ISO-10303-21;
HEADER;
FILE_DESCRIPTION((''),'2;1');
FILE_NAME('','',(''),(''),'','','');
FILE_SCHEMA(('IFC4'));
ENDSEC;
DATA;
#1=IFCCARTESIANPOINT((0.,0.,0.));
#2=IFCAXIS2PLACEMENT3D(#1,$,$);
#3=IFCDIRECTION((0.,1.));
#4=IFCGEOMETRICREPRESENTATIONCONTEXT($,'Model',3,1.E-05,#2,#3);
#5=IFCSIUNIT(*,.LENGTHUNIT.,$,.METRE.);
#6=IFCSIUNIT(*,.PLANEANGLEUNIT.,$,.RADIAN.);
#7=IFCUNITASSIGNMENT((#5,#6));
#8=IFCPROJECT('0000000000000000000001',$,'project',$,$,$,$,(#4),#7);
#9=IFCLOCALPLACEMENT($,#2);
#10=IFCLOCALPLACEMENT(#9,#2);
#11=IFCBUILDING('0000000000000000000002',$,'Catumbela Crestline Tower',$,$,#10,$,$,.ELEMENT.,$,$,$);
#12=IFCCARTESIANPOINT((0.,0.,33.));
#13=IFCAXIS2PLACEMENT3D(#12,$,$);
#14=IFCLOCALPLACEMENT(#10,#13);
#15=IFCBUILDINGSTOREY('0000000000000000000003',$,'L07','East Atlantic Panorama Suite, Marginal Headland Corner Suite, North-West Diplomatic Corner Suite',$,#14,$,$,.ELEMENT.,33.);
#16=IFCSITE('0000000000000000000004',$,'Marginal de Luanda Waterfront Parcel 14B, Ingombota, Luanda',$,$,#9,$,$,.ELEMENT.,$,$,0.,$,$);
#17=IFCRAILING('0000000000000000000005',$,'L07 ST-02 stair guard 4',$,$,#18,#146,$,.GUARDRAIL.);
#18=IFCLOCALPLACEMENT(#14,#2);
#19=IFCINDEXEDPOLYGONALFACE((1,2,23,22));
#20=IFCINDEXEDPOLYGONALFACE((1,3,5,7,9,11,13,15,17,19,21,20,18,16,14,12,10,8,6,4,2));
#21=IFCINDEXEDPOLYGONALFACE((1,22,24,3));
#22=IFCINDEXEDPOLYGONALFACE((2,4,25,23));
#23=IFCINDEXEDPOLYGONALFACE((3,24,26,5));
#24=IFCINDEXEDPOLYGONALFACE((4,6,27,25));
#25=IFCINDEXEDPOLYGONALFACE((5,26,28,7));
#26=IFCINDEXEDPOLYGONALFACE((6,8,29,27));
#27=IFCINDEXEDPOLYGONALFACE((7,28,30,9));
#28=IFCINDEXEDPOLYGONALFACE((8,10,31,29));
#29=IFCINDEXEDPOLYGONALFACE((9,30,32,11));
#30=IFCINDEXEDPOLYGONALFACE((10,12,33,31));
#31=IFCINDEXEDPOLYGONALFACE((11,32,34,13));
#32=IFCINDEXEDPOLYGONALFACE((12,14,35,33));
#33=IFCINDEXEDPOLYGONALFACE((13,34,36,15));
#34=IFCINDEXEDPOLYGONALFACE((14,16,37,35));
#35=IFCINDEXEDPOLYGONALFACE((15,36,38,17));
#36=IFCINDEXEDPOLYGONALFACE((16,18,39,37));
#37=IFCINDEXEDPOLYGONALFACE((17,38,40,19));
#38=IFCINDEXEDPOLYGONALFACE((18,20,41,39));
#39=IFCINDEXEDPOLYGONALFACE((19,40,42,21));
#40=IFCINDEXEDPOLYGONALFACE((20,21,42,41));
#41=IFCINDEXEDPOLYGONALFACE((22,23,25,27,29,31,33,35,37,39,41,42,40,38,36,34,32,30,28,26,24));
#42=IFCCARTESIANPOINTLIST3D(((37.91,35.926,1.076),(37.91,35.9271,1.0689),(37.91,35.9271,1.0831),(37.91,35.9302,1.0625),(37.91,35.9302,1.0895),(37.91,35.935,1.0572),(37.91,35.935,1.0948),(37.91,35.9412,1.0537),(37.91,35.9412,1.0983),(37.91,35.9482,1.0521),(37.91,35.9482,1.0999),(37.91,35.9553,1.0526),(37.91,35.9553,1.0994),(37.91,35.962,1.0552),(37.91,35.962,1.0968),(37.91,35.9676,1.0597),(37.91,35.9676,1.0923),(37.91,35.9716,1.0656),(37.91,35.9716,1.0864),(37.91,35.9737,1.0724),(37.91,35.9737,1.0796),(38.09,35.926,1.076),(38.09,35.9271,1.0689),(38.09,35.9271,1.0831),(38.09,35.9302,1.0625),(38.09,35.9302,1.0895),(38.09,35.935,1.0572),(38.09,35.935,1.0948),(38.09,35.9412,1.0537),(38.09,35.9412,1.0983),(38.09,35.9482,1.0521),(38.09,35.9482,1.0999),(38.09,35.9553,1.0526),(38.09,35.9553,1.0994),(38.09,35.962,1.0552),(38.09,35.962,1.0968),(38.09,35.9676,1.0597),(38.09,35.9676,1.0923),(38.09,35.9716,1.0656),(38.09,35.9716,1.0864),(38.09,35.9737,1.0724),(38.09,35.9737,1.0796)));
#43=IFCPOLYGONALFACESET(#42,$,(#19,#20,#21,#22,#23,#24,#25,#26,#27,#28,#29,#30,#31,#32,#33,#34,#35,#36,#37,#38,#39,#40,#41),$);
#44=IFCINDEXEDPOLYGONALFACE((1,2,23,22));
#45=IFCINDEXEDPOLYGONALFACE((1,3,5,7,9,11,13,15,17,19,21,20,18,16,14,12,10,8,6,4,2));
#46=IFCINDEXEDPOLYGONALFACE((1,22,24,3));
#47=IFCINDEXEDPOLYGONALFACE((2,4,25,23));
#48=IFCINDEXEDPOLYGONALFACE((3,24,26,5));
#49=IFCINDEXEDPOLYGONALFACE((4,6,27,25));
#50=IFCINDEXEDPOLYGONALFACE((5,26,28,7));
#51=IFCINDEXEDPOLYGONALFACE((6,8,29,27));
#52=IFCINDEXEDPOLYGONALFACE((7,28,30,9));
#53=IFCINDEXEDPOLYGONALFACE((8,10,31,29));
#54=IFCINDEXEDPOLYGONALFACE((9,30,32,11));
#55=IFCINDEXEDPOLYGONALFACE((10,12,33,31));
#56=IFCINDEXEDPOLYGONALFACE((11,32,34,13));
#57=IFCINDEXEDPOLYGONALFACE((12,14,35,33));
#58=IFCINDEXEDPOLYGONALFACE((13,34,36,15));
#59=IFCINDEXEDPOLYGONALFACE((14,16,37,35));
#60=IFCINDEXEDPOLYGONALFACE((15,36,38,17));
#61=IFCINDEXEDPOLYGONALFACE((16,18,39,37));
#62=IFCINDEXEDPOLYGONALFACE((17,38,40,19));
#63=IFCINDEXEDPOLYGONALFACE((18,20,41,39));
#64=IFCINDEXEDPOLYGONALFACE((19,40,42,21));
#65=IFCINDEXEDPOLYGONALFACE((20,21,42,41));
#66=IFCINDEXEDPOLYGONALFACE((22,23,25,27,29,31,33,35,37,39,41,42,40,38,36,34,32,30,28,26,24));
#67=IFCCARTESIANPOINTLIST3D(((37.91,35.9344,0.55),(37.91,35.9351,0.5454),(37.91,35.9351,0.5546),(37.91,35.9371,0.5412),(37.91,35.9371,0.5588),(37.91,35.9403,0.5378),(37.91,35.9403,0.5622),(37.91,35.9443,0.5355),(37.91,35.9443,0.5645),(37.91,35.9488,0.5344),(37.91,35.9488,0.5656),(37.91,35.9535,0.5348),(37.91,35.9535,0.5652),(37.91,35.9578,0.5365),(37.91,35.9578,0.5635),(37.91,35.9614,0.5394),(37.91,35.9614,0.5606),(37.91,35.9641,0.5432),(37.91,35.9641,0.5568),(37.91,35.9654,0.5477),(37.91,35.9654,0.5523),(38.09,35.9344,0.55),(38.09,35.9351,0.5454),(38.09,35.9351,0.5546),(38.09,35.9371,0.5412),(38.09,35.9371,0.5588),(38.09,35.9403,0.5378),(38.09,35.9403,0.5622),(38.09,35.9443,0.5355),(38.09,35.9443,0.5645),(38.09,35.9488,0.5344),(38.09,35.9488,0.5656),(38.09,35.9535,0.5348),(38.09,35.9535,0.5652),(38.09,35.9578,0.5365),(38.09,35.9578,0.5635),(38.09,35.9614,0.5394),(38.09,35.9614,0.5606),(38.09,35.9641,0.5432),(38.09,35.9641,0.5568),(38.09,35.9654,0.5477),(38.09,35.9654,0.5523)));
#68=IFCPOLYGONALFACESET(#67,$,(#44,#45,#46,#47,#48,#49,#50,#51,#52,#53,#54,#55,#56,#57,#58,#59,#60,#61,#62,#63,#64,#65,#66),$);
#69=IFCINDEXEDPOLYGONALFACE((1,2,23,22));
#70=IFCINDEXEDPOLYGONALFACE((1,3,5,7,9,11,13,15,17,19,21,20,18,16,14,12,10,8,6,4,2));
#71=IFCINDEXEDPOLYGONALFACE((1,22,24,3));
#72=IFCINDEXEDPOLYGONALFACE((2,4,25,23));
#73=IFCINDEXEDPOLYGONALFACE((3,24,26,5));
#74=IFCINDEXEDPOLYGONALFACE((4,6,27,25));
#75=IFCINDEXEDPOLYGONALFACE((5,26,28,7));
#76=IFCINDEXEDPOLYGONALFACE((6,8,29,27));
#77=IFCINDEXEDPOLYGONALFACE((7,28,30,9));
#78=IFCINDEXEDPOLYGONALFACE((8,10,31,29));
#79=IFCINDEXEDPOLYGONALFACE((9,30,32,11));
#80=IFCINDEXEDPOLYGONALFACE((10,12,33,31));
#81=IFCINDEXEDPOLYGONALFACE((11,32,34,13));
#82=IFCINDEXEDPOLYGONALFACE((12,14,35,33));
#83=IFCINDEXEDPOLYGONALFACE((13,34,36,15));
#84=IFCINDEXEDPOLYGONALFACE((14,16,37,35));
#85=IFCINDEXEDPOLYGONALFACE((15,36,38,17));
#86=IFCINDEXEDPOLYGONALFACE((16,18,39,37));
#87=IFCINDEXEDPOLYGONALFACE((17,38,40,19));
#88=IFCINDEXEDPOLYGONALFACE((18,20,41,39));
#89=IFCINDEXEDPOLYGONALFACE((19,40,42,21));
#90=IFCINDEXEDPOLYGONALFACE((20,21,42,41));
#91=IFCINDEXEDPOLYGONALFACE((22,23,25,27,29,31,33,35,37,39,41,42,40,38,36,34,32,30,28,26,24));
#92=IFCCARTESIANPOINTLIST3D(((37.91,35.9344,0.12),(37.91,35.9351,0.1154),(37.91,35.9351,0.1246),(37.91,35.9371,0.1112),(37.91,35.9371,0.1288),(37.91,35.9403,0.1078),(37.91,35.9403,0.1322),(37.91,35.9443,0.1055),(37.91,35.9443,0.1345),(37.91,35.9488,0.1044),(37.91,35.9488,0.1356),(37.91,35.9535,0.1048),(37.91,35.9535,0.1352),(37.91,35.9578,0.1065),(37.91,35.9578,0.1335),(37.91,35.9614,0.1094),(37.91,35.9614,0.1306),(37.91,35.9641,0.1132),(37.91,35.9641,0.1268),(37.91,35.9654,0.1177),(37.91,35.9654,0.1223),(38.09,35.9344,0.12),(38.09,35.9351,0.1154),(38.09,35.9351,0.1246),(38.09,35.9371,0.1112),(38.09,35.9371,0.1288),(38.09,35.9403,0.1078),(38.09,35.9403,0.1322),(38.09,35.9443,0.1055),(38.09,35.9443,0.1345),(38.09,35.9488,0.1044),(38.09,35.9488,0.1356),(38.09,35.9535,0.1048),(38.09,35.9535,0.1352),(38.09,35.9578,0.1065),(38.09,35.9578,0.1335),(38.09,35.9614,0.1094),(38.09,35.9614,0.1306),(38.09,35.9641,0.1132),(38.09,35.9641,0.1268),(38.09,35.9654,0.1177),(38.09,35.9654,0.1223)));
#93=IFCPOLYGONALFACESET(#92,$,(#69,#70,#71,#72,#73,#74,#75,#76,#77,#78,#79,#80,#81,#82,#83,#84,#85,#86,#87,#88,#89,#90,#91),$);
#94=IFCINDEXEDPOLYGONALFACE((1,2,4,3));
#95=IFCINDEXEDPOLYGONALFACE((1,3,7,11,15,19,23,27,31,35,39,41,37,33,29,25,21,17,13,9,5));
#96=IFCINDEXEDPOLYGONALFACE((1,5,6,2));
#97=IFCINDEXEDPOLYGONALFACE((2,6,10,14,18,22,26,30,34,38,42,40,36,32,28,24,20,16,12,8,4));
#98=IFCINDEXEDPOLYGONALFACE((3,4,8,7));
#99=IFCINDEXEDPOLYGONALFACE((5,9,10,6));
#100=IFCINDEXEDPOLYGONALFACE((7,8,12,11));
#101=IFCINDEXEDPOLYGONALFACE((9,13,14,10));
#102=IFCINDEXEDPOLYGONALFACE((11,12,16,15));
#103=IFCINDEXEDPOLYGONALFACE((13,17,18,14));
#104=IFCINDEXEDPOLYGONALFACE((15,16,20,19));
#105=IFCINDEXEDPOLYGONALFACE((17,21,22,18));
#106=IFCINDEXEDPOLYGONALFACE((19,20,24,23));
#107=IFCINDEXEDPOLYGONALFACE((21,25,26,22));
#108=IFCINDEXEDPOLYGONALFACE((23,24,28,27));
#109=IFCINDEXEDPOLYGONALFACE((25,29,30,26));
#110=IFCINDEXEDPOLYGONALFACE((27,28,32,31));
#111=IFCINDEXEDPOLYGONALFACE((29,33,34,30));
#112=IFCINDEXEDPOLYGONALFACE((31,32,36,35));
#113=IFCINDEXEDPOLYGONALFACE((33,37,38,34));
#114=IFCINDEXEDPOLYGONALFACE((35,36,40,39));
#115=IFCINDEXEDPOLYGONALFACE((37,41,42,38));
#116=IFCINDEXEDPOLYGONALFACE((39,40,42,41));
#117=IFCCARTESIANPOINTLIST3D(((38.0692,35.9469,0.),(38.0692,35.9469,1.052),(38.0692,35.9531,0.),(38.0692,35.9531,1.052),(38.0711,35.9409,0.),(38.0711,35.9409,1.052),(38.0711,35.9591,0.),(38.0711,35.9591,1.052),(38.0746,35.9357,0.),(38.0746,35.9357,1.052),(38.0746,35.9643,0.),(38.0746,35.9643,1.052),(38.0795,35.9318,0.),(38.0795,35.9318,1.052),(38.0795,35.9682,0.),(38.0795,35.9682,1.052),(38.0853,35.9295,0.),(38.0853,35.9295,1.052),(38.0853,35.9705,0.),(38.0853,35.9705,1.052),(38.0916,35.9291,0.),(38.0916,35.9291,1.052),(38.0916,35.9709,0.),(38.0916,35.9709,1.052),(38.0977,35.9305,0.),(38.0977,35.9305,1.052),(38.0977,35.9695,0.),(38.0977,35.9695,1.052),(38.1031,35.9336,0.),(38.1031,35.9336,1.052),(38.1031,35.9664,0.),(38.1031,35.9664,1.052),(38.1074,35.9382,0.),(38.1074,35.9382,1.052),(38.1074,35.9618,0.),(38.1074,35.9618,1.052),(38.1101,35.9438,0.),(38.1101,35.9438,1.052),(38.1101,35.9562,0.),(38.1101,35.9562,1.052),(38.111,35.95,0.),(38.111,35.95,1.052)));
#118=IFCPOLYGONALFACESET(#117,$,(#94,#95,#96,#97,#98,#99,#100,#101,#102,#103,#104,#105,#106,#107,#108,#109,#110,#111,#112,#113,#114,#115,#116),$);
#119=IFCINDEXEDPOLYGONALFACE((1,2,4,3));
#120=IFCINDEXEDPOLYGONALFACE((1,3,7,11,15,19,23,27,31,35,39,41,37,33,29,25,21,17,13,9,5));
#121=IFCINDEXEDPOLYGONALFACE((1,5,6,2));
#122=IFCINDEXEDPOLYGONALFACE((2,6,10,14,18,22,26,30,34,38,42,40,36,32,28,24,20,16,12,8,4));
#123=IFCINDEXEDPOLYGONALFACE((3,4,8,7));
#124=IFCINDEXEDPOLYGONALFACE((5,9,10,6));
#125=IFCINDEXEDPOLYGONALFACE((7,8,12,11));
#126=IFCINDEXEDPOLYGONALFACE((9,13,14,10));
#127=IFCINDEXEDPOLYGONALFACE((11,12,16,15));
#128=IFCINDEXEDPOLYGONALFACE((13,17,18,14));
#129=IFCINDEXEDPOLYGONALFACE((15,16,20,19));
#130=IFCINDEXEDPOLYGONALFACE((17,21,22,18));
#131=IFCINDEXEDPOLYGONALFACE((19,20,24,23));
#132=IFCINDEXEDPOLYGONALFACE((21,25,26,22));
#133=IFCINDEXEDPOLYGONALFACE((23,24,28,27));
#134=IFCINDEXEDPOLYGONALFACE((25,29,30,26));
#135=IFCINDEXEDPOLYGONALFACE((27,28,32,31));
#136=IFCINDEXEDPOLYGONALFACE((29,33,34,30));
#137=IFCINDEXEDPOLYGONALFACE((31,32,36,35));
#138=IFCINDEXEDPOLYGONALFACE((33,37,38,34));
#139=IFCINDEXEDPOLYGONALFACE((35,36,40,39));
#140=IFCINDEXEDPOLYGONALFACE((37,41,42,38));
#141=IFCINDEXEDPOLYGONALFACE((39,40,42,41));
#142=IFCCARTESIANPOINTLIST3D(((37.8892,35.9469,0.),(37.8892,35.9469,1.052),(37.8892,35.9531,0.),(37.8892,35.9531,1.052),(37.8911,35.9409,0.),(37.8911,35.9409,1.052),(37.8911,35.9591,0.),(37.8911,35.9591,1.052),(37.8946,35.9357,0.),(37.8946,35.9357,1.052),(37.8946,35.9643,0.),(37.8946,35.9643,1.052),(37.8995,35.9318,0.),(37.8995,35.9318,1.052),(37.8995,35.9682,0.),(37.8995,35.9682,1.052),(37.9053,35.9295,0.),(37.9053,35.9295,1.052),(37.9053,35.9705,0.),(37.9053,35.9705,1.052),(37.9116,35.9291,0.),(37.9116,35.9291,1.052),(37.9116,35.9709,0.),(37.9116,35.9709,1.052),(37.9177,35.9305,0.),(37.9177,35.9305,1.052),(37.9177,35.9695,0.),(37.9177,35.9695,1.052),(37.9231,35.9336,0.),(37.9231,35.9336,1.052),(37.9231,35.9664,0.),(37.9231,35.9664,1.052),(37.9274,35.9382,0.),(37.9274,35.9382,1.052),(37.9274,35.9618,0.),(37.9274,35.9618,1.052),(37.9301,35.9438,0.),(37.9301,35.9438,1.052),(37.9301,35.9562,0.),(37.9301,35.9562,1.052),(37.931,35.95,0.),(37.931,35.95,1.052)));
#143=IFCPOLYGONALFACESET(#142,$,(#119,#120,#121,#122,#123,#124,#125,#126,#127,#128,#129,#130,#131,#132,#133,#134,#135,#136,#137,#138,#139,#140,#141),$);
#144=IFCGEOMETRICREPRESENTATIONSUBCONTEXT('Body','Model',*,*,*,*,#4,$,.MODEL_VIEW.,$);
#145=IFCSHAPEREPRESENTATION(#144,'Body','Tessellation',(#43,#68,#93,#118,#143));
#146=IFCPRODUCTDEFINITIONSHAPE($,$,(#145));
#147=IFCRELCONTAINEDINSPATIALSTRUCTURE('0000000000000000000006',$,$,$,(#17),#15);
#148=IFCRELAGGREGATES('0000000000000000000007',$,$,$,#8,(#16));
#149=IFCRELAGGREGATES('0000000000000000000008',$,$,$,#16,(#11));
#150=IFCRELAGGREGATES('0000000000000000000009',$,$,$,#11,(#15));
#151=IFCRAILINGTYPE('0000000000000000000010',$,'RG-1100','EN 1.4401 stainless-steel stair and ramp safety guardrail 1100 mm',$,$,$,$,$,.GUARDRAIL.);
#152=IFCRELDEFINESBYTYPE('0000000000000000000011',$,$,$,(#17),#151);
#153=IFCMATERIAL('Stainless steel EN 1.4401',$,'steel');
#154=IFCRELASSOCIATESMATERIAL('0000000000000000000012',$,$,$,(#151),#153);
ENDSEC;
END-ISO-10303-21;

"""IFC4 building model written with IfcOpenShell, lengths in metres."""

from ifc_helpers import new_model, si_unit, direction, frame, origin, origin_2d, place, context, subcontext, project, spatial, circle, extrude, material, type_object, element, save


model = new_model("IFC4")

# Units and contexts
model_context = context("Model", 3, precision=1e-05, world=origin(), true_north=direction((0.0, 1.0)))
body_context = subcontext(model_context, "Body", "Model", "MODEL_VIEW")
ifc_project = project(units=[si_unit("LENGTHUNIT", "METRE"), si_unit("PLANEANGLEUNIT", "RADIAN")], contexts=[model_context])

# Site, building, storey
site_placement = place(None, origin())
site = spatial("IfcSite", under=ifc_project, at=site_placement, Name="Marginal de Luanda Waterfront Parcel 14B, Ingombota, Luanda", CompositionType="ELEMENT", RefElevation=0.0)
building_placement = place(site_placement, origin())
building = spatial("IfcBuilding", under=site, at=building_placement, Name="Catumbela Crestline Tower", CompositionType="ELEMENT")
storey_placement = place(building_placement, frame((0.0, 0.0, 33.0)))
storey = spatial("IfcBuildingStorey", under=building, at=storey_placement, Name="L07", Description="East Atlantic Panorama Suite, Marginal Headland Corner Suite, North-West Diplomatic Corner Suite", CompositionType="ELEMENT", Elevation=33.0)

# Shared definitions
ifc_material_1 = material(Name="Stainless steel EN 1.4401", Category="steel")

# Railing
railing_type_1 = type_object("IfcRailingType", Name="RG-1100", Description="EN 1.4401 stainless-steel stair and ramp safety guardrail 1100 mm", PredefinedType="GUARDRAIL", material=ifc_material_1)
railing_1_placement = place(storey_placement, frame((38.09, 35.95, 0.0)))
element("IfcRailing", 1, at=railing_1_placement, inside=storey, type_object=railing_type_1, Name="L07 ST-02 stair guard 4", PredefinedType="GUARDRAIL", context=body_context, shape_type="SweptSolid", body=[
    extrude(circle(Radius=0.024, at=origin_2d()), frame((0.0, 0.0, 1.076), z_axis=(-1.0, 0.0, 0.0), x_axis=(0.0, -1.0, 0.0)), (0.0, 0.0, 1.0), 0.18),
    extrude(circle(Radius=0.0156, at=origin_2d()), frame((0.0, 0.0, 0.55), z_axis=(-1.0, 0.0, 0.0), x_axis=(0.0, -1.0, 0.0)), (0.0, 0.0, 1.0), 0.18),
    extrude(circle(Radius=0.0156, at=origin_2d()), frame((0.0, 0.0, 0.12), z_axis=(-1.0, 0.0, 0.0), x_axis=(0.0, -1.0, 0.0)), (0.0, 0.0, 1.0), 0.18),
    extrude(circle(Radius=0.021, at=origin_2d()), origin(), (0.0, 0.0, 1.0), 1.052),
    extrude(circle(Radius=0.021, at=origin_2d()), frame((-0.18, 0.0, 0.0)), (0.0, 0.0, 1.0), 1.052),
])

save(model, "model.ifc")
